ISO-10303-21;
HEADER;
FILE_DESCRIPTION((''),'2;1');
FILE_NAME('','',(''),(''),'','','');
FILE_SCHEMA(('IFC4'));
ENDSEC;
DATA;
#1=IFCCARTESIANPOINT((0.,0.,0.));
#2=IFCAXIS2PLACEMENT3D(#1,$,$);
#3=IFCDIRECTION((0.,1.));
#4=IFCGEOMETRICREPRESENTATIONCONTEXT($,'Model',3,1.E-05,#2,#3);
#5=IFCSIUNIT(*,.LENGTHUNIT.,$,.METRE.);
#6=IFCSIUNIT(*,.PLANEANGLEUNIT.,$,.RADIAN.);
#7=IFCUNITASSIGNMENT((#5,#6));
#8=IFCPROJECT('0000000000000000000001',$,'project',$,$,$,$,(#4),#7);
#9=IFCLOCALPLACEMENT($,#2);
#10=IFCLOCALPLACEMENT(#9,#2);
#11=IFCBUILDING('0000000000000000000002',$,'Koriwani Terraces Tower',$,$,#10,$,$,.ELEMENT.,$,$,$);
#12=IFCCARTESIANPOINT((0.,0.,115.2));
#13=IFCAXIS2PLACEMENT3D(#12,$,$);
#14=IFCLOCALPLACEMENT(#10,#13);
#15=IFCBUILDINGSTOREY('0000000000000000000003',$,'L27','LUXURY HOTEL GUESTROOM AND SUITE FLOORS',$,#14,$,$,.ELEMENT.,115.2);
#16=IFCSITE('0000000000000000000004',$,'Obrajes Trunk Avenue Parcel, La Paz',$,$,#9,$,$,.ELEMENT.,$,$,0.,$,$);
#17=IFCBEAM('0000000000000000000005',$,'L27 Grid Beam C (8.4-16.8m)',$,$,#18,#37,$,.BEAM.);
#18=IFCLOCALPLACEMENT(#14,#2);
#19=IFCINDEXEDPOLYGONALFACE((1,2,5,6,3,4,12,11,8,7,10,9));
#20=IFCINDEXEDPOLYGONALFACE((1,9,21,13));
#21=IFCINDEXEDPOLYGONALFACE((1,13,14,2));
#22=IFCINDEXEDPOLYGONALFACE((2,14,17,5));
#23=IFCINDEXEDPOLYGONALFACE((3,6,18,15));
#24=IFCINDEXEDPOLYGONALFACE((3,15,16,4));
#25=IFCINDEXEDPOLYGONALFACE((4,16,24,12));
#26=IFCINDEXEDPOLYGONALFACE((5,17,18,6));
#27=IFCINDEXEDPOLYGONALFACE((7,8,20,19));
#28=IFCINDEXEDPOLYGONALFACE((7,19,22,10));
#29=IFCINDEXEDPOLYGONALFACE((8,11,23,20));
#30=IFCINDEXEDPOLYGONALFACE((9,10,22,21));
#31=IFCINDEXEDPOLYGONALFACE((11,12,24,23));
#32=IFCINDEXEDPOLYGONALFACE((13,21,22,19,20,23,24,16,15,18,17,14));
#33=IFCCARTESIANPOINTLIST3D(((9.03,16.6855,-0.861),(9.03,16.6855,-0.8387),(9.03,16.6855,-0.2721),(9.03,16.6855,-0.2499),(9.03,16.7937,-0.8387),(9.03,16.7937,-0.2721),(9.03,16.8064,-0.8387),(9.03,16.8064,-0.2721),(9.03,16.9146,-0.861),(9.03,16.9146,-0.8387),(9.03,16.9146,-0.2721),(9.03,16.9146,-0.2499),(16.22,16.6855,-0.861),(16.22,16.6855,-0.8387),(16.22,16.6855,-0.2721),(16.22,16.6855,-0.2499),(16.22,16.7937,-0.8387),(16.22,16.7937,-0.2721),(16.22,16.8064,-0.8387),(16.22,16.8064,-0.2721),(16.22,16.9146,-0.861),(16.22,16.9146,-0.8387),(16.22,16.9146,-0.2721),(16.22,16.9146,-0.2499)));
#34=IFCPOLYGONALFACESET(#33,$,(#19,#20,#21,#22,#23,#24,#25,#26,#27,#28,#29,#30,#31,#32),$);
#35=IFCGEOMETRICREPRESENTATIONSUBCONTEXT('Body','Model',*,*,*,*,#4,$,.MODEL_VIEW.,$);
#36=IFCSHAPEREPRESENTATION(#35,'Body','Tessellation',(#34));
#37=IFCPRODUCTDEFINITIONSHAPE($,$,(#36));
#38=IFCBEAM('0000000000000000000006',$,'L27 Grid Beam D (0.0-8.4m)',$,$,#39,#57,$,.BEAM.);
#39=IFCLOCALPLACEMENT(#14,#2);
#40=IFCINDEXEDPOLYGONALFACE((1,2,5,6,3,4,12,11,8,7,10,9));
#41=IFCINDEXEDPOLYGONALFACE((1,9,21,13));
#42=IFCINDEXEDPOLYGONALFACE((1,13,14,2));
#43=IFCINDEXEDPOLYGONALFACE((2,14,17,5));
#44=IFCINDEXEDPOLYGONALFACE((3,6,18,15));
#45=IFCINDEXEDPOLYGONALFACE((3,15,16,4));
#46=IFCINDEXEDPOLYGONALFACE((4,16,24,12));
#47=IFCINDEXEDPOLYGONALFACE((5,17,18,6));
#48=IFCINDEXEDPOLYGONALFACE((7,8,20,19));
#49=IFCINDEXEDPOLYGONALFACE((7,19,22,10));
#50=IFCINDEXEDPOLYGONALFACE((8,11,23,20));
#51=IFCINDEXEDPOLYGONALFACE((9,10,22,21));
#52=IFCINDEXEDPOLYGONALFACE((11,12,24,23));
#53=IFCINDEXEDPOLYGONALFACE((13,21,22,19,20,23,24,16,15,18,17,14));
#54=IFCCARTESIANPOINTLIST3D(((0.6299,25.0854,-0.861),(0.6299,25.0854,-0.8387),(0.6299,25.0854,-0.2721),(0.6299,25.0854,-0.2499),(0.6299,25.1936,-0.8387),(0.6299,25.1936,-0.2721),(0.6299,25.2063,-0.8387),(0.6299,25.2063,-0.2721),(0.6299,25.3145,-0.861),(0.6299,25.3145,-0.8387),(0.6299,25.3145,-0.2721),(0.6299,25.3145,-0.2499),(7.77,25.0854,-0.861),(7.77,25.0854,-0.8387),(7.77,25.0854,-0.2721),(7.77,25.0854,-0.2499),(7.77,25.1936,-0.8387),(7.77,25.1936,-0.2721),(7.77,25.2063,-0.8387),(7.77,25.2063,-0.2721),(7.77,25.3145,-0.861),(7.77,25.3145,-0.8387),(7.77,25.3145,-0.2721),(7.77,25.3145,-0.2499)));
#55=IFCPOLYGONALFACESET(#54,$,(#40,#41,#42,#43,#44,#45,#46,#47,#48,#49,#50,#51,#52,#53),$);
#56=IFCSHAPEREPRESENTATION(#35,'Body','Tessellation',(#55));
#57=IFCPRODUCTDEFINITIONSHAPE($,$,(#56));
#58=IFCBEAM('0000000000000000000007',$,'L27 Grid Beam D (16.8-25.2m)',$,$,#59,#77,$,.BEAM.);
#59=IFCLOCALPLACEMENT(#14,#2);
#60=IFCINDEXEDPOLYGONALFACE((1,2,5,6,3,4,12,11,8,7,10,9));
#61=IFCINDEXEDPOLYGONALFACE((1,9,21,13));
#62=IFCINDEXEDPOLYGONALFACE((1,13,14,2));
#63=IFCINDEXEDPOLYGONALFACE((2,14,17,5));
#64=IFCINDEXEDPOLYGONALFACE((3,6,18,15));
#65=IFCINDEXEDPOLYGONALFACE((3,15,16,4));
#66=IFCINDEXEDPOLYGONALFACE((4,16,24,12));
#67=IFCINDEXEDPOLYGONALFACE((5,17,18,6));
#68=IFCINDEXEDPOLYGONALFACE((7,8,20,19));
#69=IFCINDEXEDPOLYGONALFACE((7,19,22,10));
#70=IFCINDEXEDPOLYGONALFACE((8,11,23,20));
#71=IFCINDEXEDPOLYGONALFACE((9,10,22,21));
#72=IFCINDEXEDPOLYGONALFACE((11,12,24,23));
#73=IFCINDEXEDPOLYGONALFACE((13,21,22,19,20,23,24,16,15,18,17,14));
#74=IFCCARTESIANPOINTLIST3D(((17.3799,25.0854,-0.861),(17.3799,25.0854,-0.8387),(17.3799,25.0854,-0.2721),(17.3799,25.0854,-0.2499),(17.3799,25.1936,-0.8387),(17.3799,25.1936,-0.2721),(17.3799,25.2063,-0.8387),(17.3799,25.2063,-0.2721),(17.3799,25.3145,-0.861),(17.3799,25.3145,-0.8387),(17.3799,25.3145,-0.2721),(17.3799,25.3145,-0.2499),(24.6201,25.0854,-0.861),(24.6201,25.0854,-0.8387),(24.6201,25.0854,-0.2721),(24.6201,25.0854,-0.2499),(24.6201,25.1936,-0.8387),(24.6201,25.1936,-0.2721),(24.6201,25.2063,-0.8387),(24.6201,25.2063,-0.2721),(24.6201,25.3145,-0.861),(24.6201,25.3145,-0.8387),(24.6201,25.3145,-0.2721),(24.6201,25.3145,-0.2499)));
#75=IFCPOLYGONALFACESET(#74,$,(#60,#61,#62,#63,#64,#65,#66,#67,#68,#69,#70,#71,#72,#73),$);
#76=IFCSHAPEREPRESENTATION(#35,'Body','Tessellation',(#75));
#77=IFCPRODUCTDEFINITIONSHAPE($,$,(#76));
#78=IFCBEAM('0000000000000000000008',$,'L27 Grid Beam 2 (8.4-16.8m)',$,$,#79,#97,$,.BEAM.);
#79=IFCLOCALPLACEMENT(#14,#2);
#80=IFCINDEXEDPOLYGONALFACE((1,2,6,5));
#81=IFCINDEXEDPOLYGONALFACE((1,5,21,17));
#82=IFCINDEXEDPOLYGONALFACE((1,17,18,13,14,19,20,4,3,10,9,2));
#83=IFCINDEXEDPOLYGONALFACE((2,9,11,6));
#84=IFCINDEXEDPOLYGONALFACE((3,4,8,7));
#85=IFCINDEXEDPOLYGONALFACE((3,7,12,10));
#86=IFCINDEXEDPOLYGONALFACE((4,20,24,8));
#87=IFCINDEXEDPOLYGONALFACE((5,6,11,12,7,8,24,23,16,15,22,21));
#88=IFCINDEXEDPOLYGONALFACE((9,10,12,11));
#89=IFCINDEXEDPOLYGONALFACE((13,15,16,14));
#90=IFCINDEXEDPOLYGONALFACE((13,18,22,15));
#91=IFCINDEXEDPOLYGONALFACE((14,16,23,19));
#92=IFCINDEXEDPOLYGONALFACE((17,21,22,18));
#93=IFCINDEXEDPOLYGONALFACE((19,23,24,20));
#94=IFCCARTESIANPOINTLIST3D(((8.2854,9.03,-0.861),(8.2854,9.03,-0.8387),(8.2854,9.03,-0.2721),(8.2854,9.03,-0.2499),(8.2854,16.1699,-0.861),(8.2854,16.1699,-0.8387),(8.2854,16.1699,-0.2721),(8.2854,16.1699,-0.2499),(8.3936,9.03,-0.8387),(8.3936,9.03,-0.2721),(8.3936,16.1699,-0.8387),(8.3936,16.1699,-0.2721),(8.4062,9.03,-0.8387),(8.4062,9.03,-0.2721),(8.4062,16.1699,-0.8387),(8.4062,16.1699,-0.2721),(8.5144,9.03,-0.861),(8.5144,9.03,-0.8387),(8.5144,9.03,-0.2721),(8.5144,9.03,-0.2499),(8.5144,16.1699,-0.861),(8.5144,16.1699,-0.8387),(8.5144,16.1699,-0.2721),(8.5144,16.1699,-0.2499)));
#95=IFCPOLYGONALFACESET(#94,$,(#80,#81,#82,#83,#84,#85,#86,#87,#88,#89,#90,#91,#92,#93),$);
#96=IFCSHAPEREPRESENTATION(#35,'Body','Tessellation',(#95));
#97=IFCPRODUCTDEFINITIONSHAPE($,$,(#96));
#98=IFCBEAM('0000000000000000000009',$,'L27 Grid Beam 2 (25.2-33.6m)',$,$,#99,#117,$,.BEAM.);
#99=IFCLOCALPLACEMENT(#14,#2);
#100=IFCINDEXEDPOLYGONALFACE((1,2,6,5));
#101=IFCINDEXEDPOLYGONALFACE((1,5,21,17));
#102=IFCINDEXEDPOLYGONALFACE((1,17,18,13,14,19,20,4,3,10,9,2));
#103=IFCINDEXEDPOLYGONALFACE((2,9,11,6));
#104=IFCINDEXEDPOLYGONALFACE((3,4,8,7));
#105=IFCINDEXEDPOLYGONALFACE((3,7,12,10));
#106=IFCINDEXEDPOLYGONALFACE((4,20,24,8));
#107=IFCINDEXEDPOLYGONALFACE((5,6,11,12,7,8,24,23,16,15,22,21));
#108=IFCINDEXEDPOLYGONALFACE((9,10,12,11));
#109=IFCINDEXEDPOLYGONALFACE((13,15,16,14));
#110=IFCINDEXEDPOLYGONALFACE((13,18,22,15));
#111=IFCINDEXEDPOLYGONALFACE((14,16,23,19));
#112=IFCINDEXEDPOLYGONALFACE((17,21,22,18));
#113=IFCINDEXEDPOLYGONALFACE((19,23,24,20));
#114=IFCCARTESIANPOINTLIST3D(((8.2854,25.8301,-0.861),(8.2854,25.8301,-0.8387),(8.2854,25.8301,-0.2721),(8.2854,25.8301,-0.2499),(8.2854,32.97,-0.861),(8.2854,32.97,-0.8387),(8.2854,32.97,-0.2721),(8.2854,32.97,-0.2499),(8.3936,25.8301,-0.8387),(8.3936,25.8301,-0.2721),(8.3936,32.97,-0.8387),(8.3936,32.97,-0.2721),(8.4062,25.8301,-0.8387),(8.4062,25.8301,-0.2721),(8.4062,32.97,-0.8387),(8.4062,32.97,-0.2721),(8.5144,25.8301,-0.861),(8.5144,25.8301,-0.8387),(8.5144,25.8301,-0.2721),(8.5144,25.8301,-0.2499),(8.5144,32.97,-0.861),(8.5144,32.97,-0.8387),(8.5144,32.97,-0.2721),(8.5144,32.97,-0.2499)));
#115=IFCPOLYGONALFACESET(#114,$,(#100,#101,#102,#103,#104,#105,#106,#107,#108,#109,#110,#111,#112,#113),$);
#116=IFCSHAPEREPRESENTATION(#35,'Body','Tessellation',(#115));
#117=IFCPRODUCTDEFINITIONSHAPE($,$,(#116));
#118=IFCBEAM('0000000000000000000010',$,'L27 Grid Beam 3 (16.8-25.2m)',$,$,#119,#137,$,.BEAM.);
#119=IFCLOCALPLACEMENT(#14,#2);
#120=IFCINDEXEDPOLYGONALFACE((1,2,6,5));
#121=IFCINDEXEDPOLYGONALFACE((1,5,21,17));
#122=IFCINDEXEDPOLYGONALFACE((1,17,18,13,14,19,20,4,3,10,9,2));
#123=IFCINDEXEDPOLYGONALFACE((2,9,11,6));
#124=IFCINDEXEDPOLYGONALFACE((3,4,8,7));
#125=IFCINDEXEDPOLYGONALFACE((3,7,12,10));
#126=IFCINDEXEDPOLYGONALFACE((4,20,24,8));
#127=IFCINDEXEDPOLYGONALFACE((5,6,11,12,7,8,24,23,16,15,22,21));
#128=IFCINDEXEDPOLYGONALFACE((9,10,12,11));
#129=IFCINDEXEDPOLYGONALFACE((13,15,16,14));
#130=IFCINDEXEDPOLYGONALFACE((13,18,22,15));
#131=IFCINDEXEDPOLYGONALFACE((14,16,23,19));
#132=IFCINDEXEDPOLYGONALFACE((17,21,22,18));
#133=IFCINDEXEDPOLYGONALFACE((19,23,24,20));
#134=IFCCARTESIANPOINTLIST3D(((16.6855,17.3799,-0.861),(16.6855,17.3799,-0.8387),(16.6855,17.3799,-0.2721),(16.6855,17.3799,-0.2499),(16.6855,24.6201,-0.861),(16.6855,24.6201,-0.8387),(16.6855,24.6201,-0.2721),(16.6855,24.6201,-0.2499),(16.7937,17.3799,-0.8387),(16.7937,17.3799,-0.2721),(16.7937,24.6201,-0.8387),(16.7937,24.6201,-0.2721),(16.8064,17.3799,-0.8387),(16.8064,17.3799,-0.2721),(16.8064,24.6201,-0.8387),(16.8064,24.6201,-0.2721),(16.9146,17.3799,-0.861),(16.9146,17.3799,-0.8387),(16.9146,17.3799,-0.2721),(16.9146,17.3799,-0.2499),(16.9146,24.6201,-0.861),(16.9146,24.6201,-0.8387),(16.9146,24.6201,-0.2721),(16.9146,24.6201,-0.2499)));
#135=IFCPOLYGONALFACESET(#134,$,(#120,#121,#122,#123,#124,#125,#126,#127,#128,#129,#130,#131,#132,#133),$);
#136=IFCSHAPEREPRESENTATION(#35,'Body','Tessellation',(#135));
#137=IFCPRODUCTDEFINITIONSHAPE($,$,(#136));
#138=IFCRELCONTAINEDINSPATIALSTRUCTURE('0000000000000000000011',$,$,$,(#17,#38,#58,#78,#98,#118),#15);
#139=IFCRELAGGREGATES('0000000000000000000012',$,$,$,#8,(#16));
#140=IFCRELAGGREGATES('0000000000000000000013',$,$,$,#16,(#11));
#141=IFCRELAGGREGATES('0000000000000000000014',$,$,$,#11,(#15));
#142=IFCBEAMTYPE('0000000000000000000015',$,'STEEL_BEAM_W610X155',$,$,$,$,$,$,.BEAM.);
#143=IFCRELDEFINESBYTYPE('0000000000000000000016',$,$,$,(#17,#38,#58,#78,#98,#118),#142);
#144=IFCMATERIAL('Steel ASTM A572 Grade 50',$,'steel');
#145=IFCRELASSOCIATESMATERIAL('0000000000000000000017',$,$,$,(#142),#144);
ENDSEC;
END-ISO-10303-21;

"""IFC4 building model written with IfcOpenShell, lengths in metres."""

from ifc_helpers import new_model, si_unit, direction, frame, origin, origin_2d, place, context, subcontext, project, spatial, i_section, extrude, material, material_profile, profile_set, type_object, element, save


model = new_model("IFC4")

# Units and contexts
model_context = context("Model", 3, precision=1e-05, world=origin(), true_north=direction((0.0, 1.0)))
body_context = subcontext(model_context, "Body", "Model", "MODEL_VIEW")
ifc_project = project(units=[si_unit("LENGTHUNIT", "METRE"), si_unit("PLANEANGLEUNIT", "RADIAN")], contexts=[model_context])

# Site, building, storey
site_placement = place(None, origin())
site = spatial("IfcSite", under=ifc_project, at=site_placement, Name="Obrajes Trunk Avenue Parcel, La Paz", CompositionType="ELEMENT", RefElevation=0.0)
building_placement = place(site_placement, origin())
building = spatial("IfcBuilding", under=site, at=building_placement, Name="Koriwani Terraces Tower", CompositionType="ELEMENT")
storey_placement = place(building_placement, frame((0.0, 0.0, 115.2)))
storey = spatial("IfcBuildingStorey", under=building, at=storey_placement, Name="L27", Description="LUXURY HOTEL GUESTROOM AND SUITE FLOORS", CompositionType="ELEMENT", Elevation=115.2)

# Beams
ifc_material_1 = material(Name="Steel ASTM A572 Grade 50", Category="steel")
ifc_material_profile_1 = material_profile(ifc_material_1, i_section(OverallWidth=0.229, OverallDepth=0.6111, WebThickness=0.0127, FlangeThickness=0.0222, at=origin_2d()), Name="Steel ASTM A572 Grade 50", Category="LoadBearing")
ifc_profile_set_1 = profile_set([ifc_material_profile_1], Name="Steel ASTM A572 Grade 50")
beam_type_1 = type_object("IfcBeamType", Name="STEEL_BEAM_W610X155", PredefinedType="BEAM", material=ifc_profile_set_1)
beam_1_placement = place(storey_placement, frame((9.03, 16.8, -0.5554), z_axis=(1.0, 0.0, 0.0), x_axis=(0.0, 1.0, 0.0)))
element("IfcBeam", 1, at=beam_1_placement, inside=storey, type_object=beam_type_1, Name="L27 Grid Beam C (8.4-16.8m)", PredefinedType="BEAM", context=body_context, shape_type="SweptSolid", body=[
    extrude(i_section(OverallWidth=0.229, OverallDepth=0.6111, WebThickness=0.0127, FlangeThickness=0.0222, at=origin_2d()), origin(), (0.0, 0.0, 1.0), 7.1899),
])
beam_2_placement = place(storey_placement, frame((0.6299, 25.2, -0.5554), z_axis=(1.0, 0.0, 0.0), x_axis=(0.0, 1.0, 0.0)))
element("IfcBeam", 2, at=beam_2_placement, inside=storey, type_object=beam_type_1, Name="L27 Grid Beam D (0.0-8.4m)", PredefinedType="BEAM", context=body_context, shape_type="SweptSolid", body=[
    extrude(i_section(OverallWidth=0.229, OverallDepth=0.6111, WebThickness=0.0127, FlangeThickness=0.0222, at=origin_2d()), origin(), (0.0, 0.0, 1.0), 7.1401),
])
beam_3_placement = place(storey_placement, frame((17.3799, 25.2, -0.5554), z_axis=(1.0, 0.0, 0.0), x_axis=(0.0, 1.0, 0.0)))
element("IfcBeam", 3, at=beam_3_placement, inside=storey, type_object=beam_type_1, Name="L27 Grid Beam D (16.8-25.2m)", PredefinedType="BEAM", context=body_context, shape_type="SweptSolid", body=[
    extrude(i_section(OverallWidth=0.229, OverallDepth=0.6111, WebThickness=0.0127, FlangeThickness=0.0222, at=origin_2d()), origin(), (0.0, 0.0, 1.0), 7.2402),
])
for number, where, z_axis, x_axis, name in (
    (4, (8.3999, 9.03, -0.5554), (0.0, 1.0, 0.0), (-1.0, 0.0, 0.0), "L27 Grid Beam 2 (8.4-16.8m)"),
    (5, (8.3999, 25.8301, -0.5554), (0.0, 1.0, 0.0), (-1.0, 0.0, 0.0), "L27 Grid Beam 2 (25.2-33.6m)"),
):
    element("IfcBeam", number, at=place(storey_placement, frame(where, z_axis=z_axis, x_axis=x_axis)), inside=storey, type_object=beam_type_1, Name=name, PredefinedType="BEAM", context=body_context, shape_type="SweptSolid", body=[
        extrude(i_section(OverallWidth=0.229, OverallDepth=0.6111, WebThickness=0.0127, FlangeThickness=0.0222, at=origin_2d()), origin(), (0.0, 0.0, 1.0), 7.1399),
    ])
beam_4_placement = place(storey_placement, frame((16.8, 17.3799, -0.5554), z_axis=(0.0, 1.0, 0.0), x_axis=(-1.0, 0.0, 0.0)))
element("IfcBeam", 6, at=beam_4_placement, inside=storey, type_object=beam_type_1, Name="L27 Grid Beam 3 (16.8-25.2m)", PredefinedType="BEAM", context=body_context, shape_type="SweptSolid", body=[
    extrude(i_section(OverallWidth=0.229, OverallDepth=0.6111, WebThickness=0.0127, FlangeThickness=0.0222, at=origin_2d()), origin(), (0.0, 0.0, 1.0), 7.2402),
])

save(model, "model.ifc")
